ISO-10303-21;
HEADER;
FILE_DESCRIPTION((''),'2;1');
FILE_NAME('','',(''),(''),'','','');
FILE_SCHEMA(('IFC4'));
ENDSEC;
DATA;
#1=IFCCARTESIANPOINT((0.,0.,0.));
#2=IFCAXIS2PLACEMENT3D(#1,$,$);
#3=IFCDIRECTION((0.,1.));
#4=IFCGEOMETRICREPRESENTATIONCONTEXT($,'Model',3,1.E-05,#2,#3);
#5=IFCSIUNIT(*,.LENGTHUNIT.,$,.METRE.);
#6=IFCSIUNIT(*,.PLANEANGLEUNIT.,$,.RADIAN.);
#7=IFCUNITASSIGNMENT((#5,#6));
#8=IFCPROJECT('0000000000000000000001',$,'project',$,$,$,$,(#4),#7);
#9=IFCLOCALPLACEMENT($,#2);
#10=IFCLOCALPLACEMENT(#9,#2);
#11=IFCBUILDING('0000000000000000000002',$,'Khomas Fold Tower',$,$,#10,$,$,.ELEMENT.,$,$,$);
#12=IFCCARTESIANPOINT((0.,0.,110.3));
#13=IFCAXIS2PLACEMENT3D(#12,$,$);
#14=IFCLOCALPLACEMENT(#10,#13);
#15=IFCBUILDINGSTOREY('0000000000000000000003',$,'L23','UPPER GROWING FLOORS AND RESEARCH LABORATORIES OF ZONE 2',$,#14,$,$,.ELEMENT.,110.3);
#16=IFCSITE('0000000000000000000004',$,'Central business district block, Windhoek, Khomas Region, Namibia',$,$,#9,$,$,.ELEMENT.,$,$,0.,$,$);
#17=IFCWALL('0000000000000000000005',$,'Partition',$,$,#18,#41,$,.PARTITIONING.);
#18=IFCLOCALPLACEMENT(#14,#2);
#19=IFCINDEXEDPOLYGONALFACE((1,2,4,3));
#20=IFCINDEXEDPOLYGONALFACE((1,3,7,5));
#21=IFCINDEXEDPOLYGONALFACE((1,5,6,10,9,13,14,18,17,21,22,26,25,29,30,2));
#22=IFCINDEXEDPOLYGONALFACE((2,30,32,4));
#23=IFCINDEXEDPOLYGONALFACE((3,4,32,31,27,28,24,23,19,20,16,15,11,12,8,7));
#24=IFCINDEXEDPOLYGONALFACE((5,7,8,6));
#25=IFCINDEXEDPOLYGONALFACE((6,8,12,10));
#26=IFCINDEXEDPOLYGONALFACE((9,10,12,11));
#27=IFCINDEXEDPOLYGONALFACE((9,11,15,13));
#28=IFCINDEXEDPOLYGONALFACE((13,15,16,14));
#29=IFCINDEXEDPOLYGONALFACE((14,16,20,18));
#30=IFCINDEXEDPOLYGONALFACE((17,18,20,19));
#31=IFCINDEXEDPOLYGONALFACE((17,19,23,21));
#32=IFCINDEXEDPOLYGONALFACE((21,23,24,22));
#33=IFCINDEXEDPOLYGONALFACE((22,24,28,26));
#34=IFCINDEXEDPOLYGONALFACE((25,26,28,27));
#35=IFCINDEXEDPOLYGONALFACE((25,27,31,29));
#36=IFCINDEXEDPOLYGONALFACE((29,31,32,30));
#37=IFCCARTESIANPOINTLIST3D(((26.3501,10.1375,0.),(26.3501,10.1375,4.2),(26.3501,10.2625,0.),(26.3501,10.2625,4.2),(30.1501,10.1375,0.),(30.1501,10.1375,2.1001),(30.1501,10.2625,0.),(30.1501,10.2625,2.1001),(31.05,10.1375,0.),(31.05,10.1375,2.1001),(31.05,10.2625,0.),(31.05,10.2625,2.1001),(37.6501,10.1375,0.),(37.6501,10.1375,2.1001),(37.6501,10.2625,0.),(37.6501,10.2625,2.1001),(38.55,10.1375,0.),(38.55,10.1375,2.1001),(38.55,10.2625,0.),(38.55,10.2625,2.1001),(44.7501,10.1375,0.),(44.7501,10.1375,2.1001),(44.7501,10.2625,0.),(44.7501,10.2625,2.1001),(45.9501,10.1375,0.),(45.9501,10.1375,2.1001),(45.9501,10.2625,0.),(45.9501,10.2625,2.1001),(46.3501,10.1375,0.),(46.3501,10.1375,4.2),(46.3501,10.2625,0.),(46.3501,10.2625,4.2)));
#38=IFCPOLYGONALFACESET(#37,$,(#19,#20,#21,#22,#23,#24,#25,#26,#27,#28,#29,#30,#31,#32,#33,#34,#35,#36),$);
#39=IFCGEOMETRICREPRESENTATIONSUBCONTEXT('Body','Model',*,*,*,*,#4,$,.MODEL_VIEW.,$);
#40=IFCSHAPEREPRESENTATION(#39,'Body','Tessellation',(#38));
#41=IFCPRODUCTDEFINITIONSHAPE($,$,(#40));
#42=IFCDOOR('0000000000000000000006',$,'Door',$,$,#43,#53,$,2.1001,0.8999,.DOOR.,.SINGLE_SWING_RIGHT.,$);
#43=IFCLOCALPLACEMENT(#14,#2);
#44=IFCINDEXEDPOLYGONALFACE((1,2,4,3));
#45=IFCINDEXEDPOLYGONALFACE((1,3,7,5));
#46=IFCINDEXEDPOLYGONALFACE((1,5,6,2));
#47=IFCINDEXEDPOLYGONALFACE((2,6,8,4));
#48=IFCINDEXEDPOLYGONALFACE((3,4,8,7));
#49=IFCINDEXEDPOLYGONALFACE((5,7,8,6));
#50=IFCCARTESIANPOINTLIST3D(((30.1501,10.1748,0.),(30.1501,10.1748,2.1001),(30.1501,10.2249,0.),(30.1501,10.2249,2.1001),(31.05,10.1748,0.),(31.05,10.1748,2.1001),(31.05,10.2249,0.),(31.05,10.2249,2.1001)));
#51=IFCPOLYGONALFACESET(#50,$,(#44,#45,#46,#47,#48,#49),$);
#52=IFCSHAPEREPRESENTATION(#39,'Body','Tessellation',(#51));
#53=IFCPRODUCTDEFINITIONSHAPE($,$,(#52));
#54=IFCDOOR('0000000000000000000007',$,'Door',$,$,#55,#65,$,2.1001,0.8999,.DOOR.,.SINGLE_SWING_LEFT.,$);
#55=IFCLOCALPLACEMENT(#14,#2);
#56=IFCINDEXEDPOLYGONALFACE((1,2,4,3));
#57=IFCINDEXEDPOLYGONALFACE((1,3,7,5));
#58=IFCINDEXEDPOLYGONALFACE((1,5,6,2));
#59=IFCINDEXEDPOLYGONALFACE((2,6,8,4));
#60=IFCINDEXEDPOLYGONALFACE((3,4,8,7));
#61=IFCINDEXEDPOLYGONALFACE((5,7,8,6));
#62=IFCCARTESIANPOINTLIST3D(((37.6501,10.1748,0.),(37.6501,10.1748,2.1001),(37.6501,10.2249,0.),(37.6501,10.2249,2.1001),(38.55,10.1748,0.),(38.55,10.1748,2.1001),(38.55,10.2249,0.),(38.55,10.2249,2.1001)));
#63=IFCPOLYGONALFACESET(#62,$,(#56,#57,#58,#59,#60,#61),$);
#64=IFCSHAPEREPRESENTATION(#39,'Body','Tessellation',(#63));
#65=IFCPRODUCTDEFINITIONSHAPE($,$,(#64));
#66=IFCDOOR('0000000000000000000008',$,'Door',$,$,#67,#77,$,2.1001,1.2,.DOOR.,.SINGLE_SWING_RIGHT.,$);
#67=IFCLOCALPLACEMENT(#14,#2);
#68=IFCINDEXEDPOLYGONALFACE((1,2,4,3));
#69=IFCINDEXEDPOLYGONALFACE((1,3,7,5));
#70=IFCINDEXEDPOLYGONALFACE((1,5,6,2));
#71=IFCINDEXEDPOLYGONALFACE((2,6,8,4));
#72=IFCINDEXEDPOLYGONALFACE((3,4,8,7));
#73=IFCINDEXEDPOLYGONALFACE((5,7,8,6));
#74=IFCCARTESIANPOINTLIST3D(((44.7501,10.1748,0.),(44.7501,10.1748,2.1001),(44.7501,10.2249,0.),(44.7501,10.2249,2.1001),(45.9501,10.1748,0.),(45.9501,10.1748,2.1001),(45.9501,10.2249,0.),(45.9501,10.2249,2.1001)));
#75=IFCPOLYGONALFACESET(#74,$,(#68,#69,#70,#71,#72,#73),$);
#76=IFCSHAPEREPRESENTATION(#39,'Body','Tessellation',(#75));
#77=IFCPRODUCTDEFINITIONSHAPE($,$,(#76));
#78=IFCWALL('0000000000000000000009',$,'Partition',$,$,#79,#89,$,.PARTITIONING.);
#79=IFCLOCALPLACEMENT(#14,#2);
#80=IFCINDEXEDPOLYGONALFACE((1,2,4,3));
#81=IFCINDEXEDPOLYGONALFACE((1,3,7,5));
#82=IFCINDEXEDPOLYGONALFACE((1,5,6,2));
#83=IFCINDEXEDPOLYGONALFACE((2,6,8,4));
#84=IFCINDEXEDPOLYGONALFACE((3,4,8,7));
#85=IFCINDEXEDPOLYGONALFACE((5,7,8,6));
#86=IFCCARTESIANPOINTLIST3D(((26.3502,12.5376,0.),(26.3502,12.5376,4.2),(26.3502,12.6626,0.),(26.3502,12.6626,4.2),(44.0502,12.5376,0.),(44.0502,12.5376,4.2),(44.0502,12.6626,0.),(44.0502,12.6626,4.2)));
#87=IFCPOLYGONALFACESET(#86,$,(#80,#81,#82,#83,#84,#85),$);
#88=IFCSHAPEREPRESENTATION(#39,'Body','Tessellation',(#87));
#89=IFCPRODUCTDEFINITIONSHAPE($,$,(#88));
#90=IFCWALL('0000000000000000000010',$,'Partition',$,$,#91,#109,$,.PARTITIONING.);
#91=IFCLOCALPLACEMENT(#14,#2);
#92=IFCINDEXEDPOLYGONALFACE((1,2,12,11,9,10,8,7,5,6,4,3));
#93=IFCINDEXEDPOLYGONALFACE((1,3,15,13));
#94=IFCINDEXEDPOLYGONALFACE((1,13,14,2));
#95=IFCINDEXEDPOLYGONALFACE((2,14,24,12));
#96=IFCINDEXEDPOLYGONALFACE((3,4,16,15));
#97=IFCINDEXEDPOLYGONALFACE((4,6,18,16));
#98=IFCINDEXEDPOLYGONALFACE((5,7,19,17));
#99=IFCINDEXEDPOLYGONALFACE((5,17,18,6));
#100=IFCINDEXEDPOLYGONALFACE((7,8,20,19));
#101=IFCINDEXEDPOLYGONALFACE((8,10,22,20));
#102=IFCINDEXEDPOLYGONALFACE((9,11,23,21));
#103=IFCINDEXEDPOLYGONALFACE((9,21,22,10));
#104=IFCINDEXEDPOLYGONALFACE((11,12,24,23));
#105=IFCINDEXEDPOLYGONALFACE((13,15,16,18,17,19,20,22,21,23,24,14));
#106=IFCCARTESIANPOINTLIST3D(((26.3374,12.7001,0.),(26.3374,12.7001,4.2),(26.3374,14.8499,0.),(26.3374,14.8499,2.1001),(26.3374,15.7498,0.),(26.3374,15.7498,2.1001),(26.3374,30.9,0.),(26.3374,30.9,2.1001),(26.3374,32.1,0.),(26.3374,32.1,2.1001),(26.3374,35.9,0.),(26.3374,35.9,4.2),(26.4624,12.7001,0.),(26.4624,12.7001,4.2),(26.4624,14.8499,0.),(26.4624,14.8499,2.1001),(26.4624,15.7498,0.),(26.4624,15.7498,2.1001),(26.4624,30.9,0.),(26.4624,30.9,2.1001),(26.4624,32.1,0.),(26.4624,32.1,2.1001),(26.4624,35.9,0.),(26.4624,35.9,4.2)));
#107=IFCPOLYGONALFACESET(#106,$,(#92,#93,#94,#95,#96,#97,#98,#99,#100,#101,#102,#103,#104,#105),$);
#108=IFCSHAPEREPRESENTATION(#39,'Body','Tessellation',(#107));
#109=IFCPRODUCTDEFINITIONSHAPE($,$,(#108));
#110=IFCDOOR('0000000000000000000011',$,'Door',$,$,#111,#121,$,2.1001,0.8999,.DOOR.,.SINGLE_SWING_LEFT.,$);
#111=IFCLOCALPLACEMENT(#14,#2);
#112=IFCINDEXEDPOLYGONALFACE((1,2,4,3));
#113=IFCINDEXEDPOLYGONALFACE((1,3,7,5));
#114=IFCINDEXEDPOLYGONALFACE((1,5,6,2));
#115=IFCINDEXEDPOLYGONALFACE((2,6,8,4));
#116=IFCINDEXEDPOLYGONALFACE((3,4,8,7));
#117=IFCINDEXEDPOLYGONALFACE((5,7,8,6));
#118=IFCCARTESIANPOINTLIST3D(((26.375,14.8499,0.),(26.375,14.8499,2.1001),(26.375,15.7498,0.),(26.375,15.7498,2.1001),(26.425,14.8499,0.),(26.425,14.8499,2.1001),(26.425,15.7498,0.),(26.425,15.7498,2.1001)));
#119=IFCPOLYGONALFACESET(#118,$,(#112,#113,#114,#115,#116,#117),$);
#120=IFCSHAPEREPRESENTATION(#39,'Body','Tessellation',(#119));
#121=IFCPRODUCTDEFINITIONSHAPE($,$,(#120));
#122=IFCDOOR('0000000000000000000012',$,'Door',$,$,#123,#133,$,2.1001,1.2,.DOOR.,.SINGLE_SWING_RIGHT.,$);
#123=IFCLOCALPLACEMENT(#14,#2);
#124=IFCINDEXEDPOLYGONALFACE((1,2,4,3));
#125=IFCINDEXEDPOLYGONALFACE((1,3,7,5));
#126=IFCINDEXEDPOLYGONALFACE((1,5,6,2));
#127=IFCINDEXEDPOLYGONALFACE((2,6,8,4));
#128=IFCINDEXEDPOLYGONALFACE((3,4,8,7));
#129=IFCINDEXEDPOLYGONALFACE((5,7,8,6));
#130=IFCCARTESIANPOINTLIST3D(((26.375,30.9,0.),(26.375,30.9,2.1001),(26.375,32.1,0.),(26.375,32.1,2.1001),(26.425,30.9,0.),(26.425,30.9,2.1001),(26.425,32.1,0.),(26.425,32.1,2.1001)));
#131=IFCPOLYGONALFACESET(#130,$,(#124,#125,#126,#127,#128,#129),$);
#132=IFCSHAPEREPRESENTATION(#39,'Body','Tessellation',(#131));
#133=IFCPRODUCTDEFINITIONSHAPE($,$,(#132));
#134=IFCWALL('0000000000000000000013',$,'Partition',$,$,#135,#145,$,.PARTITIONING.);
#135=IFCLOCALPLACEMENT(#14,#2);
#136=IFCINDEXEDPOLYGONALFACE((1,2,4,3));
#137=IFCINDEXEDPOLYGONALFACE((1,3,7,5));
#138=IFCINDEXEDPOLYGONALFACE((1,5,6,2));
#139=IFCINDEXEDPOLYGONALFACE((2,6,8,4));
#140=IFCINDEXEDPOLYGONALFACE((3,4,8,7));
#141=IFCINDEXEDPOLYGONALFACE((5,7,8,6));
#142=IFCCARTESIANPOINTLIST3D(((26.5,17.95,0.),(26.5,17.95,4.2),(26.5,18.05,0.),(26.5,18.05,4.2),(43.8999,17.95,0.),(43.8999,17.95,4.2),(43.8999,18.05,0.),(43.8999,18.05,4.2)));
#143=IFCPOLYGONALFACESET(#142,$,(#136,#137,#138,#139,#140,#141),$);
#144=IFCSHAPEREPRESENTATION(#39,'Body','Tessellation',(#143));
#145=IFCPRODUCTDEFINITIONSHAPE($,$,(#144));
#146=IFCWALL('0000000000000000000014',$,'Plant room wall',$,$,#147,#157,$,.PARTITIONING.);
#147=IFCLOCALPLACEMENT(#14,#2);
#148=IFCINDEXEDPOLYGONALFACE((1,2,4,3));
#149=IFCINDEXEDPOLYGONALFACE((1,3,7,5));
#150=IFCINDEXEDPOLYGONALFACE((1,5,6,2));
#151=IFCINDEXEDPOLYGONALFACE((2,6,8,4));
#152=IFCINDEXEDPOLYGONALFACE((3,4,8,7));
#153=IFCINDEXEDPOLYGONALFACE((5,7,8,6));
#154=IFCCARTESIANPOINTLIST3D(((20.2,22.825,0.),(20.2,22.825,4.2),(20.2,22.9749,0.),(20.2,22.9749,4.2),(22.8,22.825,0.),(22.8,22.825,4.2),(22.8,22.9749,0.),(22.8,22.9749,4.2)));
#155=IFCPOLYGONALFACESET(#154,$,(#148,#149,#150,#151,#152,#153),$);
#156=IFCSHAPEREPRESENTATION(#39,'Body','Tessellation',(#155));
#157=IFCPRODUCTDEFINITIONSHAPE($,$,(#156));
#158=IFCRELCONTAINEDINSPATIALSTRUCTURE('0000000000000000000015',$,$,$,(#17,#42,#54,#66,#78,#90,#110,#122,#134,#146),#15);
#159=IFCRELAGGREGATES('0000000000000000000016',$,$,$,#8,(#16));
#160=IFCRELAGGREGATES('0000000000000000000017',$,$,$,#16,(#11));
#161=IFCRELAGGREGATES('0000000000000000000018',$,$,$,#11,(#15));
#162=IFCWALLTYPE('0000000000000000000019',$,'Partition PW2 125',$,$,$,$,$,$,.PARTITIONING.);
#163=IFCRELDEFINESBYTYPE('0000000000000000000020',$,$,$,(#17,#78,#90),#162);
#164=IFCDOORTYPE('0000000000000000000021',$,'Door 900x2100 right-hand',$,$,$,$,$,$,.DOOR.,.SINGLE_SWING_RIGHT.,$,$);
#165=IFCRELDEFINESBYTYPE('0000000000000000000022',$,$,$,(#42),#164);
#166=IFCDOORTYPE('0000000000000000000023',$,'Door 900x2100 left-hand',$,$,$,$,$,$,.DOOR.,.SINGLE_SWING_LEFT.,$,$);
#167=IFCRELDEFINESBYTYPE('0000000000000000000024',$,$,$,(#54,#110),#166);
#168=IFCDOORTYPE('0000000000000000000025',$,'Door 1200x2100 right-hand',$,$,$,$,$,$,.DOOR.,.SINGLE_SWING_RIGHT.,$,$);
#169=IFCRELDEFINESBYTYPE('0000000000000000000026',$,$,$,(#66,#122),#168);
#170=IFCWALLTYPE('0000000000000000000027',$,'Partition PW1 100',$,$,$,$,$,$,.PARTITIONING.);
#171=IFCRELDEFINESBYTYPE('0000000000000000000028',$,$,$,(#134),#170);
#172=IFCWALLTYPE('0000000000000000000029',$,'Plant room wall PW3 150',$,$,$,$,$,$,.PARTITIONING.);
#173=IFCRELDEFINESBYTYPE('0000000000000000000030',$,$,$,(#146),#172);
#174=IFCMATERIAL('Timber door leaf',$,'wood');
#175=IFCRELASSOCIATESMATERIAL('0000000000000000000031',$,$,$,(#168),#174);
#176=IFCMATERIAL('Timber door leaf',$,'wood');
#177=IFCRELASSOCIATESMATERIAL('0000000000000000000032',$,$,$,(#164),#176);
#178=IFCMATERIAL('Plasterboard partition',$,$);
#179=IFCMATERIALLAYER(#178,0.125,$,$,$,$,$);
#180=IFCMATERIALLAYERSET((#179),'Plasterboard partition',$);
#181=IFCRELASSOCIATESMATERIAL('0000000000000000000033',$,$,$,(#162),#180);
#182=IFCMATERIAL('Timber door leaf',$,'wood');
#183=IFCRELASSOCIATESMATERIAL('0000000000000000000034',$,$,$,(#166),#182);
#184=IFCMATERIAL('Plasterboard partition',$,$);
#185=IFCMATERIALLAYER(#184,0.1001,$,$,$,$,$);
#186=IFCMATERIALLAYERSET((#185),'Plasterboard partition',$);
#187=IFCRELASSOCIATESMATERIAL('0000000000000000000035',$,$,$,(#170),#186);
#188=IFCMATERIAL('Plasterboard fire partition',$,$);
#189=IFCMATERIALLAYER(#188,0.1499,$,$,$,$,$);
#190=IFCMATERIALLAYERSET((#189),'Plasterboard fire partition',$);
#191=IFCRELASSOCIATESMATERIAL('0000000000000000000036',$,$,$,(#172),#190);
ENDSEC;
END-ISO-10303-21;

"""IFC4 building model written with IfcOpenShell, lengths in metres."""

from ifc_helpers import new_model, si_unit, direction, frame, frame_2d, origin, place, context, subcontext, project, spatial, rectangle, extrude, source, transform, mapped, material, layer, layer_set, type_object, element, fill, save


model = new_model("IFC4")

# Units and contexts
model_context = context("Model", 3, precision=1e-05, world=origin(), true_north=direction((0.0, 1.0)))
body_context = subcontext(model_context, "Body", "Model", "MODEL_VIEW")
ifc_project = project(units=[si_unit("LENGTHUNIT", "METRE"), si_unit("PLANEANGLEUNIT", "RADIAN")], contexts=[model_context])

# Site, building, storey
site_placement = place(None, origin())
site = spatial("IfcSite", under=ifc_project, at=site_placement, Name="Central business district block, Windhoek, Khomas Region, Namibia", CompositionType="ELEMENT", RefElevation=0.0)
building_placement = place(site_placement, origin())
building = spatial("IfcBuilding", under=site, at=building_placement, Name="Khomas Fold Tower", CompositionType="ELEMENT")
storey_placement = place(building_placement, frame((0.0, 0.0, 110.3)))
storey = spatial("IfcBuildingStorey", under=building, at=storey_placement, Name="L23", Description="UPPER GROWING FLOORS AND RESEARCH LABORATORIES OF ZONE 2", CompositionType="ELEMENT", Elevation=110.3)

# Wall, openings, doors
ifc_material_1 = material(Name="Timber door leaf", Category="wood")
door_type_1 = type_object("IfcDoorType", Name="Door 1200x2100 right-hand", OperationType="SINGLE_SWING_RIGHT", PredefinedType="DOOR", material=ifc_material_1)
ifc_material_2 = material(Name="Timber door leaf", Category="wood")
door_type_2 = type_object("IfcDoorType", Name="Door 900x2100 right-hand", OperationType="SINGLE_SWING_RIGHT", PredefinedType="DOOR", material=ifc_material_2)
ifc_material_3 = material(Name="Plasterboard partition")
ifc_layer_1 = layer(ifc_material_3, 0.125)
ifc_layer_set_1 = layer_set([ifc_layer_1], Name="Plasterboard partition")
wall_type_1 = type_object("IfcWallType", Name="Partition PW2 125", PredefinedType="PARTITIONING", material=ifc_layer_set_1)
shared_shape_1 = source(origin(), body_context, "Body", "SweptSolid", [
    extrude(rectangle(XDim=20.0, YDim=0.125, at=frame_2d((10.0, 0.0))), origin(), (0.0, 0.0, 1.0), 4.2),
])
wall_1_placement = place(storey_placement, frame((26.3501, 10.2, 0.0), z_axis=(0.0, 0.0, 1.0), x_axis=(1.0, 0.0, 0.0)))
wall_1 = element("IfcWall", 1, at=wall_1_placement, inside=storey, type_object=wall_type_1, Name="Partition", PredefinedType="PARTITIONING", context=body_context, shape_type="MappedRepresentation", body=[
    mapped(shared_shape_1, transform((0.0, 0.0, 0.0))),
])
shared_shape_2 = source(origin(), body_context, "Body", "SweptSolid", [
    extrude(rectangle(XDim=0.8999, YDim=2.1001, at=frame_2d((0.45, 1.05))), frame((0.0, 0.0725, 0.0), z_axis=(0.0, -1.0, 0.0), x_axis=(1.0, 0.0, 0.0)), (0.0, 0.0, 1.0), 0.145),
])
opening_1_placement = place(wall_1_placement, frame((3.8, 0.0, 0.0)))
opening_1 = element("IfcOpeningElement", 2, at=opening_1_placement, cuts=wall_1, PredefinedType="OPENING", context=body_context, shape_type="MappedRepresentation", body=[
    mapped(shared_shape_2, transform((0.0, 0.0, 0.0))),
])
opening_2_placement = place(wall_1_placement, frame((11.3, 0.0, 0.0)))
opening_2 = element("IfcOpeningElement", 3, at=opening_2_placement, cuts=wall_1, PredefinedType="OPENING", context=body_context, shape_type="MappedRepresentation", body=[
    mapped(shared_shape_2, transform((0.0, 0.0, 0.0))),
])
shared_shape_3 = source(origin(), body_context, "Body", "SweptSolid", [
    extrude(rectangle(XDim=1.2, YDim=2.1001, at=frame_2d((0.6001, 1.05))), frame((0.0, 0.0725, 0.0), z_axis=(0.0, -1.0, 0.0), x_axis=(1.0, 0.0, 0.0)), (0.0, 0.0, 1.0), 0.145),
])
opening_3_placement = place(wall_1_placement, frame((18.3999, 0.0, 0.0)))
opening_3 = element("IfcOpeningElement", 4, at=opening_3_placement, cuts=wall_1, PredefinedType="OPENING", context=body_context, shape_type="MappedRepresentation", body=[
    mapped(shared_shape_3, transform((0.0, 0.0, 0.0))),
])
shared_shape_4 = source(origin(), body_context, "Body", "SweptSolid", [
    extrude(rectangle(XDim=0.8999, YDim=2.1001, at=frame_2d((0.45, 1.05))), frame((0.0, 0.0249, 0.0), z_axis=(0.0, -1.0, 0.0), x_axis=(1.0, 0.0, 0.0)), (0.0, 0.0, 1.0), 0.05),
])
door_1_placement = place(opening_1_placement, origin())
door_1 = element("IfcDoor", 5, at=door_1_placement, inside=storey, type_object=door_type_2, Name="Door", OperationType="SINGLE_SWING_RIGHT", OverallHeight=2.1001, OverallWidth=0.8999, PredefinedType="DOOR", context=body_context, shape_type="MappedRepresentation", body=[
    mapped(shared_shape_4, transform((0.0, 0.0, 0.0))),
])
fill(opening_1, door_1)
ifc_material_4 = material(Name="Timber door leaf", Category="wood")
door_type_3 = type_object("IfcDoorType", Name="Door 900x2100 left-hand", OperationType="SINGLE_SWING_LEFT", PredefinedType="DOOR", material=ifc_material_4)
door_2_placement = place(opening_2_placement, origin())
door_2 = element("IfcDoor", 6, at=door_2_placement, inside=storey, type_object=door_type_3, Name="Door", OperationType="SINGLE_SWING_LEFT", OverallHeight=2.1001, OverallWidth=0.8999, PredefinedType="DOOR", context=body_context, shape_type="MappedRepresentation", body=[
    mapped(shared_shape_4, transform((0.0, 0.0, 0.0))),
])
fill(opening_2, door_2)
shared_shape_5 = source(origin(), body_context, "Body", "SweptSolid", [
    extrude(rectangle(XDim=1.2, YDim=2.1001, at=frame_2d((0.6001, 1.05))), frame((0.0, 0.0249, 0.0), z_axis=(0.0, -1.0, 0.0), x_axis=(1.0, 0.0, 0.0)), (0.0, 0.0, 1.0), 0.05),
])
door_3_placement = place(opening_3_placement, origin())
door_3 = element("IfcDoor", 7, at=door_3_placement, inside=storey, type_object=door_type_1, Name="Door", OperationType="SINGLE_SWING_RIGHT", OverallHeight=2.1001, OverallWidth=1.2, PredefinedType="DOOR", context=body_context, shape_type="MappedRepresentation", body=[
    mapped(shared_shape_5, transform((0.0, 0.0, 0.0))),
])
fill(opening_3, door_3)

# Wall
shared_shape_6 = source(origin(), body_context, "Body", "SweptSolid", [
    extrude(rectangle(XDim=17.7, YDim=0.125, at=frame_2d((8.8501, 0.0))), origin(), (0.0, 0.0, 1.0), 4.2),
])
wall_2_placement = place(storey_placement, frame((26.3501, 12.6001, 0.0), z_axis=(0.0, 0.0, 1.0), x_axis=(1.0, 0.0, 0.0)))
element("IfcWall", 8, at=wall_2_placement, inside=storey, type_object=wall_type_1, Name="Partition", PredefinedType="PARTITIONING", context=body_context, shape_type="MappedRepresentation", body=[
    mapped(shared_shape_6, transform((0.0, 0.0, 0.0))),
])

# Wall, openings, doors
shared_shape_7 = source(origin(), body_context, "Body", "SweptSolid", [
    extrude(rectangle(XDim=23.2, YDim=0.125, at=frame_2d((11.6001, 0.0))), origin(), (0.0, 0.0, 1.0), 4.2),
])
wall_3_placement = place(storey_placement, frame((26.3999, 12.7, 0.0), z_axis=(0.0, 0.0, 1.0), x_axis=(0.0, 1.0, 0.0)))
wall_3 = element("IfcWall", 9, at=wall_3_placement, inside=storey, type_object=wall_type_1, Name="Partition", PredefinedType="PARTITIONING", context=body_context, shape_type="MappedRepresentation", body=[
    mapped(shared_shape_7, transform((0.0, 0.0, 0.0))),
])
opening_4_placement = place(wall_3_placement, frame((2.1499, 0.0, 0.0)))
opening_4 = element("IfcOpeningElement", 10, at=opening_4_placement, cuts=wall_3, PredefinedType="OPENING", context=body_context, shape_type="MappedRepresentation", body=[
    mapped(shared_shape_2, transform((0.0, 0.0, 0.0))),
])
opening_5_placement = place(wall_3_placement, frame((18.2, 0.0, 0.0)))
opening_5 = element("IfcOpeningElement", 11, at=opening_5_placement, cuts=wall_3, PredefinedType="OPENING", context=body_context, shape_type="MappedRepresentation", body=[
    mapped(shared_shape_3, transform((0.0, 0.0, 0.0))),
])
door_4_placement = place(opening_4_placement, origin())
door_4 = element("IfcDoor", 12, at=door_4_placement, inside=storey, type_object=door_type_3, Name="Door", OperationType="SINGLE_SWING_LEFT", OverallHeight=2.1001, OverallWidth=0.8999, PredefinedType="DOOR", context=body_context, shape_type="MappedRepresentation", body=[
    mapped(shared_shape_4, transform((0.0, 0.0, 0.0))),
])
fill(opening_4, door_4)
door_5_placement = place(opening_5_placement, origin())
door_5 = element("IfcDoor", 13, at=door_5_placement, inside=storey, type_object=door_type_1, Name="Door", OperationType="SINGLE_SWING_RIGHT", OverallHeight=2.1001, OverallWidth=1.2, PredefinedType="DOOR", context=body_context, shape_type="MappedRepresentation", body=[
    mapped(shared_shape_5, transform((0.0, 0.0, 0.0))),
])
fill(opening_5, door_5)

# Walls
ifc_material_5 = material(Name="Plasterboard partition")
ifc_layer_2 = layer(ifc_material_5, 0.1001)
ifc_layer_set_2 = layer_set([ifc_layer_2], Name="Plasterboard partition")
wall_type_2 = type_object("IfcWallType", Name="Partition PW1 100", PredefinedType="PARTITIONING", material=ifc_layer_set_2)
shared_shape_8 = source(origin(), body_context, "Body", "SweptSolid", [
    extrude(rectangle(XDim=17.3999, YDim=0.1001, at=frame_2d((8.7, 0.0))), origin(), (0.0, 0.0, 1.0), 4.2),
])
wall_4_placement = place(storey_placement, frame((26.5, 18.0, 0.0), z_axis=(0.0, 0.0, 1.0), x_axis=(1.0, 0.0, 0.0)))
element("IfcWall", 14, at=wall_4_placement, inside=storey, type_object=wall_type_2, Name="Partition", PredefinedType="PARTITIONING", context=body_context, shape_type="MappedRepresentation", body=[
    mapped(shared_shape_8, transform((0.0, 0.0, 0.0))),
])
ifc_material_6 = material(Name="Plasterboard fire partition")
ifc_layer_3 = layer(ifc_material_6, 0.1499)
ifc_layer_set_3 = layer_set([ifc_layer_3], Name="Plasterboard fire partition")
wall_type_3 = type_object("IfcWallType", Name="Plant room wall PW3 150", PredefinedType="PARTITIONING", material=ifc_layer_set_3)
shared_shape_9 = source(origin(), body_context, "Body", "SweptSolid", [
    extrude(rectangle(XDim=2.6001, YDim=0.1499, at=frame_2d((1.3, 0.0))), origin(), (0.0, 0.0, 1.0), 4.2),
])
wall_5_placement = place(storey_placement, frame((20.2, 22.8999, 0.0), z_axis=(0.0, 0.0, 1.0), x_axis=(1.0, 0.0, 0.0)))
element("IfcWall", 15, at=wall_5_placement, inside=storey, type_object=wall_type_3, Name="Plant room wall", PredefinedType="PARTITIONING", context=body_context, shape_type="MappedRepresentation", body=[
    mapped(shared_shape_9, transform((0.0, 0.0, 0.0))),
])

save(model, "model.ifc")
